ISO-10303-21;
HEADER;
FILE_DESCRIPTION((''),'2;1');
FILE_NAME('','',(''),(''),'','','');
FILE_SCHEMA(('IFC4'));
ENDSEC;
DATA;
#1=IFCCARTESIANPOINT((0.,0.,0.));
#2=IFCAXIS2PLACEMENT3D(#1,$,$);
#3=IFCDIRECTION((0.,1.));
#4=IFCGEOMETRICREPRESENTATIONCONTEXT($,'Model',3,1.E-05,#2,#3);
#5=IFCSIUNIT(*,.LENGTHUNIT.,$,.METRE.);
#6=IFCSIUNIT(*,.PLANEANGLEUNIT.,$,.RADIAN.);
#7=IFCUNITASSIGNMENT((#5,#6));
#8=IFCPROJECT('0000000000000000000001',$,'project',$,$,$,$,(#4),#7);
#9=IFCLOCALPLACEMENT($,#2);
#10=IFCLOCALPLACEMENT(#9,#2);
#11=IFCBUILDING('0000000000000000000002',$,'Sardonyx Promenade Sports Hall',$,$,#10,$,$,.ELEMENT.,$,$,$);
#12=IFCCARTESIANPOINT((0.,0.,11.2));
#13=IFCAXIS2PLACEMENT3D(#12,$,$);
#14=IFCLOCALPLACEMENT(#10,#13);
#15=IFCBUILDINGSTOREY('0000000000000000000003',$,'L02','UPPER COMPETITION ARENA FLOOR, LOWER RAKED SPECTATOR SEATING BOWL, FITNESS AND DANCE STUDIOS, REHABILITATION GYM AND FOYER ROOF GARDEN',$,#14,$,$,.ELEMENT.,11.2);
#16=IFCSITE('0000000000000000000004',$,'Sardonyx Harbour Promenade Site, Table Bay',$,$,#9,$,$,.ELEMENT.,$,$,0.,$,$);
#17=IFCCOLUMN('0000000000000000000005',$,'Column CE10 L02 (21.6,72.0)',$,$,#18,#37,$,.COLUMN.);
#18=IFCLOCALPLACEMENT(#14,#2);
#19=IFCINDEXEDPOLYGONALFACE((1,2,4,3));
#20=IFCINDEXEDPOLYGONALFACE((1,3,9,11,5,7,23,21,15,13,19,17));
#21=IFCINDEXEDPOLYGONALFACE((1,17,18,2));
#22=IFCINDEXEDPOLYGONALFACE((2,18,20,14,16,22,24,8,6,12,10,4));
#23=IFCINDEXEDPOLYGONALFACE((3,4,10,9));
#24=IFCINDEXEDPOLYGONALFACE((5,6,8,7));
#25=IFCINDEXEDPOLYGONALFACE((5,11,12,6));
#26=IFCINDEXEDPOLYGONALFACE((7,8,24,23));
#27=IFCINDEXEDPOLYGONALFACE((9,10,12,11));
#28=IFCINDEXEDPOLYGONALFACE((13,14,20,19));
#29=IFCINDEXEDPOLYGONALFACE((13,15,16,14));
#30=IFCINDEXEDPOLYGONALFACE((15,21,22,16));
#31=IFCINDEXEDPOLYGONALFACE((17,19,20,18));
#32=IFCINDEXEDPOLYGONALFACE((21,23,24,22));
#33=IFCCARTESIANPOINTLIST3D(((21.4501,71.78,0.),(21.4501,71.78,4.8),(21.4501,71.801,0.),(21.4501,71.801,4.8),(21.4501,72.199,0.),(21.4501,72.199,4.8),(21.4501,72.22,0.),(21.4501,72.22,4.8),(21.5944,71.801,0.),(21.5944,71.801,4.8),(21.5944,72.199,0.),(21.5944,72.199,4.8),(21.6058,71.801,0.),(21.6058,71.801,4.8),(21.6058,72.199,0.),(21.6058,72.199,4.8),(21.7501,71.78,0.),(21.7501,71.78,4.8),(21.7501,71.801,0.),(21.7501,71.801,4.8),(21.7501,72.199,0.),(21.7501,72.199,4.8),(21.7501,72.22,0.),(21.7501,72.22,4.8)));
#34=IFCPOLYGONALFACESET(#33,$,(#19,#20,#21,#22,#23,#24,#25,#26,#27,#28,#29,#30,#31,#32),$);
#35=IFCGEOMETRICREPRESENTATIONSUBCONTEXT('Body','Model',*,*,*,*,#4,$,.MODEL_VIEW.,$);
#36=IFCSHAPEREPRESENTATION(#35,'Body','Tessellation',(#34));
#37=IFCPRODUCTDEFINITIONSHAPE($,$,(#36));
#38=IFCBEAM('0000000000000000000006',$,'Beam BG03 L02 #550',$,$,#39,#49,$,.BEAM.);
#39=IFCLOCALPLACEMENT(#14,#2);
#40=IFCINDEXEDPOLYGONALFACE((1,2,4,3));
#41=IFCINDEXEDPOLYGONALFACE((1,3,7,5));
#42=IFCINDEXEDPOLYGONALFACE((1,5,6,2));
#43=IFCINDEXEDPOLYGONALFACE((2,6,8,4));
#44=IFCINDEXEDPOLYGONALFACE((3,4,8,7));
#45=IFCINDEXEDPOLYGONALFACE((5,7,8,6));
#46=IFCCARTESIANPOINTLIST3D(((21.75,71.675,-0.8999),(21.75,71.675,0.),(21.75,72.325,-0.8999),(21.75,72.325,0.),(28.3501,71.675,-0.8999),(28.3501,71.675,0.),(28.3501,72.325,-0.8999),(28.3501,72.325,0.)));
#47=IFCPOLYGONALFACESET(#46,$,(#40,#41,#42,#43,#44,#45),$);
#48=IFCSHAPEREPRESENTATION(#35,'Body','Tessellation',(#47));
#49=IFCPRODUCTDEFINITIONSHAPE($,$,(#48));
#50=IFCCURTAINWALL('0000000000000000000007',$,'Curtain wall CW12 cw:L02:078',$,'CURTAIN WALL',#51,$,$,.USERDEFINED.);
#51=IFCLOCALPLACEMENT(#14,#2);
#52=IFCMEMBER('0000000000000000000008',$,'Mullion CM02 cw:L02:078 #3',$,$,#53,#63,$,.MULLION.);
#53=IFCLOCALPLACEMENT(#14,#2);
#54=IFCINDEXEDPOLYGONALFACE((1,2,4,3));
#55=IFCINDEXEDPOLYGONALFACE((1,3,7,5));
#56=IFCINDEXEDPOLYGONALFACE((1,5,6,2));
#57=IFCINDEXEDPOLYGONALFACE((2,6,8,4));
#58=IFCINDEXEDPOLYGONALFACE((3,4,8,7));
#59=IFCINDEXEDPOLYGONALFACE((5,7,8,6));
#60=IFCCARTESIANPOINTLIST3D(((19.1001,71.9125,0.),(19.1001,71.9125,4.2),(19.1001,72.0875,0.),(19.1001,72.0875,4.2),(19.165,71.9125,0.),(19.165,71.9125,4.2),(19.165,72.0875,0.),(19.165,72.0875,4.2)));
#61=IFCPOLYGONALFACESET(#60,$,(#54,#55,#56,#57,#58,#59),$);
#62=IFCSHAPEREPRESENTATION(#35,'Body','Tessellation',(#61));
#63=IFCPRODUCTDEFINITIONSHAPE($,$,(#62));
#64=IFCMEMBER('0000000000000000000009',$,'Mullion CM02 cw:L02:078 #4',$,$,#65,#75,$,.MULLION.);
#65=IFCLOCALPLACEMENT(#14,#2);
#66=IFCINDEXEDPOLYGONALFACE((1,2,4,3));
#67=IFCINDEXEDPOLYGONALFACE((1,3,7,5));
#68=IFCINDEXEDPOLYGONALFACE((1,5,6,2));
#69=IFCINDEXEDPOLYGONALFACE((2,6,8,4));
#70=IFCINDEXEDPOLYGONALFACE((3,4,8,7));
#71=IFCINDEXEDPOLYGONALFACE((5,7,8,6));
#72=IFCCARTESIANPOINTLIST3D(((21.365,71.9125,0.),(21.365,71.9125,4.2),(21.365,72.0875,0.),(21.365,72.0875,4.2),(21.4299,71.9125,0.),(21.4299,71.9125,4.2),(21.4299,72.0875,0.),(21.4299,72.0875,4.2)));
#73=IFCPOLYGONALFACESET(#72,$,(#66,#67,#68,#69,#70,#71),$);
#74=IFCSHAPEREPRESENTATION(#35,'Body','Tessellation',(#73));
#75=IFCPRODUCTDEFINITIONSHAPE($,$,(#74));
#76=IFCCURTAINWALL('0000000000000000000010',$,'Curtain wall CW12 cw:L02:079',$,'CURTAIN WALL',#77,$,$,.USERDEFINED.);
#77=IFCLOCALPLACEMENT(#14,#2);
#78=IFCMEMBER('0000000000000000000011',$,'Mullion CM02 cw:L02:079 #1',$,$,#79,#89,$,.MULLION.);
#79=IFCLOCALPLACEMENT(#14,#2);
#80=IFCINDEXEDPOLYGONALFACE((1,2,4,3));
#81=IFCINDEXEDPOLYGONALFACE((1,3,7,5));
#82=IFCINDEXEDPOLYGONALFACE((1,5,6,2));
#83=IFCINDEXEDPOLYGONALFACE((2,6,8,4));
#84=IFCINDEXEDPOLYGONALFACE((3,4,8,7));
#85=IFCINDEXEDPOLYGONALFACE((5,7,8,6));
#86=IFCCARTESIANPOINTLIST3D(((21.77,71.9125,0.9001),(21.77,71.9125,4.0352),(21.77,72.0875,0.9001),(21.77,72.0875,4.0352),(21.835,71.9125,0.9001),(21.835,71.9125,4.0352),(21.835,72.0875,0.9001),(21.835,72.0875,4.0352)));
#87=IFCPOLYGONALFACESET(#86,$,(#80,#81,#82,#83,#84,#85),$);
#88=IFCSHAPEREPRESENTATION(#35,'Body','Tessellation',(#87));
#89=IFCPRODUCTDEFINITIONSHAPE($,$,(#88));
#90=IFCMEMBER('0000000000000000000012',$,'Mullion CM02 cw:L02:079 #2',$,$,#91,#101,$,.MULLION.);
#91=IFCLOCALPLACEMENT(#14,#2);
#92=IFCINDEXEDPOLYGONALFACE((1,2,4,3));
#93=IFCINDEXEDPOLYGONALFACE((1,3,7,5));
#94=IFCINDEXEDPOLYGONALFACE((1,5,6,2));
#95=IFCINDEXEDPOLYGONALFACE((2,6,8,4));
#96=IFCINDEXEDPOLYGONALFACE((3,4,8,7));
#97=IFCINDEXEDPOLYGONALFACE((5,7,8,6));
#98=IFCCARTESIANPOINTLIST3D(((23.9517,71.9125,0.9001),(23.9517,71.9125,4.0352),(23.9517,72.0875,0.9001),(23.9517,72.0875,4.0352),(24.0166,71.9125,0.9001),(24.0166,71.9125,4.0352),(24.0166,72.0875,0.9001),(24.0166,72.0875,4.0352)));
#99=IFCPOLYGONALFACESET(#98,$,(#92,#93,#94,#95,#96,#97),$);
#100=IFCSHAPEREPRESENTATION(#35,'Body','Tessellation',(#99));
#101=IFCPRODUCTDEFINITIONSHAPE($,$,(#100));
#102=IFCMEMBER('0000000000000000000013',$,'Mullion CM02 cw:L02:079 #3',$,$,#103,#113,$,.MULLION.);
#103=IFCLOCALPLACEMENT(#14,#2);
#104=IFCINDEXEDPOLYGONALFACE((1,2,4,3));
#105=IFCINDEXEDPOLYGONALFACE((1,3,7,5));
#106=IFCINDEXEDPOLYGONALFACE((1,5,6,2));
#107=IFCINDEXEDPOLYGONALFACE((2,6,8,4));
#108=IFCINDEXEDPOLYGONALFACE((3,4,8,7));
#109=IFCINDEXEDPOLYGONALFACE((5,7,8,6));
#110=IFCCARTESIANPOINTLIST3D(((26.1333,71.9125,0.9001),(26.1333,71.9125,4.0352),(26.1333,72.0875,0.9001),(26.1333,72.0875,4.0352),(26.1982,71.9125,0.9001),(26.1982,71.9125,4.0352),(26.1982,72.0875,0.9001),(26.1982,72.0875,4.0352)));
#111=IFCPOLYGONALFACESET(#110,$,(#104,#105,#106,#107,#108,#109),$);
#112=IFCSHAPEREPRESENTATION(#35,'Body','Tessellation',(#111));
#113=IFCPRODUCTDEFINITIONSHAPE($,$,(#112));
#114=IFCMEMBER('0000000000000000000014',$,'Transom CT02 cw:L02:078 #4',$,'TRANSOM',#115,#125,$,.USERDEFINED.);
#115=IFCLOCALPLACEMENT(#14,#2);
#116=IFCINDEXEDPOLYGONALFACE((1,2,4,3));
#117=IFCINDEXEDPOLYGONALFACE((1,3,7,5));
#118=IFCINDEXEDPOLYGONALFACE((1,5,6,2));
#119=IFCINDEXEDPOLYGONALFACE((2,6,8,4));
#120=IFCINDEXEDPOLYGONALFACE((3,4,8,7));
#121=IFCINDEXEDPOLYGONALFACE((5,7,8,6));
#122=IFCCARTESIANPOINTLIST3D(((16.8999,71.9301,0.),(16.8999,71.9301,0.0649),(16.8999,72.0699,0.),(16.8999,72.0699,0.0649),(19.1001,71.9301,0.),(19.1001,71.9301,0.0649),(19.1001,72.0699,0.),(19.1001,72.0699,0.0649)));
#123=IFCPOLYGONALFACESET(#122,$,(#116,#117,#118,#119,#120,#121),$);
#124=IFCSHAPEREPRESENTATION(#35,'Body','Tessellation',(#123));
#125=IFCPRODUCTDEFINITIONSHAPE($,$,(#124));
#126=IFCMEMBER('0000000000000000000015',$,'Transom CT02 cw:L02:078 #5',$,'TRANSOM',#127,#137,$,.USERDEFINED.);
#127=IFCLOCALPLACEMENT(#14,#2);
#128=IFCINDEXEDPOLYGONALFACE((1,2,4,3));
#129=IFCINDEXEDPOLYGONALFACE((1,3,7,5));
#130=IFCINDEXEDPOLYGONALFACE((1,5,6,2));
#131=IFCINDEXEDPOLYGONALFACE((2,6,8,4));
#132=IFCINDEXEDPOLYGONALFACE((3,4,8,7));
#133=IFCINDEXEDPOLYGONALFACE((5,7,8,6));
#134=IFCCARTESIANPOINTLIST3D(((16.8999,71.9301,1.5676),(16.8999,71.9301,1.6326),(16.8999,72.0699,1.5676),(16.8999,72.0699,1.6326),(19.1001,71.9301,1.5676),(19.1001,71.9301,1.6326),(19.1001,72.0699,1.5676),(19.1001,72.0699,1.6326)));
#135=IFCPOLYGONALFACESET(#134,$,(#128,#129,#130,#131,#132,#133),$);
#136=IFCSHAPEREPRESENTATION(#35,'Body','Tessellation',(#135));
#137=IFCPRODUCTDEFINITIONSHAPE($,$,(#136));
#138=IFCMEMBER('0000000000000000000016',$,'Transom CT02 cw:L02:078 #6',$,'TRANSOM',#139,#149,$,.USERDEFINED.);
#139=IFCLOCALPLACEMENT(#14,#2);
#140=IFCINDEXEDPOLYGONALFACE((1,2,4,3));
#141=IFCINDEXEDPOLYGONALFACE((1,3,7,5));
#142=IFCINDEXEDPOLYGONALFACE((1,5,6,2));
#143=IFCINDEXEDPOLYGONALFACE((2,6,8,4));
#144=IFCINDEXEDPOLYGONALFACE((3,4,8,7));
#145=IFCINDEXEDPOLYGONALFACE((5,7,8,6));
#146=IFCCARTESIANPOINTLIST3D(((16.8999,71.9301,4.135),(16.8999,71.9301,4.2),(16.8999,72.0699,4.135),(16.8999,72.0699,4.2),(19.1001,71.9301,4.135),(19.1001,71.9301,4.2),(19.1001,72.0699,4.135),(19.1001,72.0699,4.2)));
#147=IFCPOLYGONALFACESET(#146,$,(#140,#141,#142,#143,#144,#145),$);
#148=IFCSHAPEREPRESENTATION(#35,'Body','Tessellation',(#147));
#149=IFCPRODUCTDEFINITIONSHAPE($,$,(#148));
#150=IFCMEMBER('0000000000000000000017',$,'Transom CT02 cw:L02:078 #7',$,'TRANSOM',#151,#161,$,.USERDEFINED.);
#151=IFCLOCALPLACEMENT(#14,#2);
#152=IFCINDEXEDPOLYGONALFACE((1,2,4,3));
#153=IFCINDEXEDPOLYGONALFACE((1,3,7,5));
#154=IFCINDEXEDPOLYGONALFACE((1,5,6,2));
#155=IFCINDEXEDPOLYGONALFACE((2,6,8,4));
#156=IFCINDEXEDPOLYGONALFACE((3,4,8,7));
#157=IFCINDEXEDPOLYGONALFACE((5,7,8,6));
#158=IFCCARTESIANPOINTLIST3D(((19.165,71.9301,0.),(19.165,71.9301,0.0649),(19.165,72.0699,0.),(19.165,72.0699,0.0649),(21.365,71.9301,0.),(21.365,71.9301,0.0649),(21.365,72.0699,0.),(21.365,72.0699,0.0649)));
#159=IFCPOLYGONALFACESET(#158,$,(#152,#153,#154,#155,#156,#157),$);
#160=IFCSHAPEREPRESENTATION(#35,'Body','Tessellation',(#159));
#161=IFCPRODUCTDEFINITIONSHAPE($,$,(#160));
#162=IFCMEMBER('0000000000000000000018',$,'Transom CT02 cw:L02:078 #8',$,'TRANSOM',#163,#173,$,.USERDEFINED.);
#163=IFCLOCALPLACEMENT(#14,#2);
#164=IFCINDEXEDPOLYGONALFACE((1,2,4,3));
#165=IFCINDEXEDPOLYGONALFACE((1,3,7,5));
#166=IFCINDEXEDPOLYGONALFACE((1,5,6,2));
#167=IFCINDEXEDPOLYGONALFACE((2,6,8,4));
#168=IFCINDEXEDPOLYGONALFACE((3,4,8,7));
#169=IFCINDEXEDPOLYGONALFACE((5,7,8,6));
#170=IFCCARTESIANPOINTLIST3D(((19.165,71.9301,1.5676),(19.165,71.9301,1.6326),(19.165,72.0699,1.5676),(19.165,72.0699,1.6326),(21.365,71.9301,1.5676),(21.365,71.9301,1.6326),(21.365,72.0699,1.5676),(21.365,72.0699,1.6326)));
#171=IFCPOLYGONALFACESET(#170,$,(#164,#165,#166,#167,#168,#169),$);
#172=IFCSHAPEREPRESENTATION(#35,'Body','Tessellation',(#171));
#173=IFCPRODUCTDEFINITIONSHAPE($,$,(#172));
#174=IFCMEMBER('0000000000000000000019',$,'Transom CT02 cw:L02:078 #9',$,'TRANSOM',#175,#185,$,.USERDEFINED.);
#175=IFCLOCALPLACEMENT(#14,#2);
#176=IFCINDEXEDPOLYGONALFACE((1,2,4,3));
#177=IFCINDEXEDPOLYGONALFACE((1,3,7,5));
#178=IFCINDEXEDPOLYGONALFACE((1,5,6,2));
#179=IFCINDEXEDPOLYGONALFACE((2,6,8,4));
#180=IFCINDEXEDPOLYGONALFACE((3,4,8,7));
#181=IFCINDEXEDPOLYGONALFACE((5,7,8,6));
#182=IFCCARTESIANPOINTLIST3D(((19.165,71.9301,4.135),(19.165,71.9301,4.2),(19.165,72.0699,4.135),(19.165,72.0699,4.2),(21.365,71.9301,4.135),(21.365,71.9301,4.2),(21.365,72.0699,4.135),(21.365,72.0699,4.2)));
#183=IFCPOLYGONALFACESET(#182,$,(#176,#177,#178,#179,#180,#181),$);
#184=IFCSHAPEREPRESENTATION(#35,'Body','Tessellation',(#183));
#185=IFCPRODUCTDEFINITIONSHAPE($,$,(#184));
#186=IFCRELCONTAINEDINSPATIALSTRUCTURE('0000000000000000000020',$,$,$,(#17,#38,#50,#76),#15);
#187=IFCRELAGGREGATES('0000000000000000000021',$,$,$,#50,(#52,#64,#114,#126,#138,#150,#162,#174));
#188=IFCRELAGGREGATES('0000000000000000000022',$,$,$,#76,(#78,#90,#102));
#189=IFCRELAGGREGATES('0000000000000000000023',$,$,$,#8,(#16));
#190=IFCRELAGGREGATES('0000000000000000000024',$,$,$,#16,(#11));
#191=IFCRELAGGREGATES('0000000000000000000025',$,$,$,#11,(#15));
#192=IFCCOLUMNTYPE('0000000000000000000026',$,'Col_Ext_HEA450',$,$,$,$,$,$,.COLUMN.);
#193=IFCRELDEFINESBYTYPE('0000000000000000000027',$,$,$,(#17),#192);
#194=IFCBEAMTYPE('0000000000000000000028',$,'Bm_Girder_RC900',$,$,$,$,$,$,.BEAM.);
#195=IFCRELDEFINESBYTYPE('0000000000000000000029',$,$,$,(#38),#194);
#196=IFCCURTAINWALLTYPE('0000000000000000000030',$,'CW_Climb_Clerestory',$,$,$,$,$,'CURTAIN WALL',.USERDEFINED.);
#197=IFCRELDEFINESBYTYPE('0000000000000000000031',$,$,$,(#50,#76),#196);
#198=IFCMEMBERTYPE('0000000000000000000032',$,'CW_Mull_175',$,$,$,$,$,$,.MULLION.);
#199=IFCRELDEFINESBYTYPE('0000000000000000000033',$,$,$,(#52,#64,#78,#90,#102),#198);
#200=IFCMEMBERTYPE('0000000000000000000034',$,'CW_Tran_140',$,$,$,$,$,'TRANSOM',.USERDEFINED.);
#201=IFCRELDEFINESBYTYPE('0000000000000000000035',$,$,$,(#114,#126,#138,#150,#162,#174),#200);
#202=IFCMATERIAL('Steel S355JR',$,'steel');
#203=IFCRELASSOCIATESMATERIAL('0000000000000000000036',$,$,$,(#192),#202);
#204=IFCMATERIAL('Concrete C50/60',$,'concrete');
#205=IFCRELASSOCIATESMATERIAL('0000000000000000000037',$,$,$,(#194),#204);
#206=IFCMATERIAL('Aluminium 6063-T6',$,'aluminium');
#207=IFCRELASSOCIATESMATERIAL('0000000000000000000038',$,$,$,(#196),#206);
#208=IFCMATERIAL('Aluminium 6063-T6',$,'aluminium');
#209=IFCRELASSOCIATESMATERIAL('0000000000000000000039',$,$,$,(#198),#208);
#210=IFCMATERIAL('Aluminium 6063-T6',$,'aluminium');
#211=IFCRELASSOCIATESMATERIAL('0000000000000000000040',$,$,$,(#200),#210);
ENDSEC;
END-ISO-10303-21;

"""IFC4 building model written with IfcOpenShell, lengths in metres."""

from ifc_helpers import new_model, si_unit, direction, frame, origin, origin_2d, place, context, subcontext, project, spatial, rectangle, i_section, extrude, material, material_profile, profile_set, type_object, element, aggregate, save


model = new_model("IFC4")

# Units and contexts
model_context = context("Model", 3, precision=1e-05, world=origin(), true_north=direction((0.0, 1.0)))
body_context = subcontext(model_context, "Body", "Model", "MODEL_VIEW")
ifc_project = project(units=[si_unit("LENGTHUNIT", "METRE"), si_unit("PLANEANGLEUNIT", "RADIAN")], contexts=[model_context])

# Site, building, storey
site_placement = place(None, origin())
site = spatial("IfcSite", under=ifc_project, at=site_placement, Name="Sardonyx Harbour Promenade Site, Table Bay", CompositionType="ELEMENT", RefElevation=0.0)
building_placement = place(site_placement, origin())
building = spatial("IfcBuilding", under=site, at=building_placement, Name="Sardonyx Promenade Sports Hall", CompositionType="ELEMENT")
storey_placement = place(building_placement, frame((0.0, 0.0, 11.2)))
storey = spatial("IfcBuildingStorey", under=building, at=storey_placement, Name="L02", Description="UPPER COMPETITION ARENA FLOOR, LOWER RAKED SPECTATOR SEATING BOWL, FITNESS AND DANCE STUDIOS, REHABILITATION GYM AND FOYER ROOF GARDEN", CompositionType="ELEMENT", Elevation=11.2)

# Column
ifc_material_1 = material(Name="Steel S355JR", Category="steel")
ifc_material_profile_1 = material_profile(ifc_material_1, i_section(OverallWidth=0.3, OverallDepth=0.4399, WebThickness=0.0115, FlangeThickness=0.021, at=origin_2d()))
ifc_profile_set_1 = profile_set([ifc_material_profile_1], Name="Steel S355JR")
column_type = type_object("IfcColumnType", Name="Col_Ext_HEA450", PredefinedType="COLUMN", material=ifc_profile_set_1)
column_placement = place(storey_placement, frame((21.6001, 72.0, 0.0), z_axis=(0.0, 0.0, 1.0), x_axis=(1.0, 0.0, 0.0)))
element("IfcColumn", 1, at=column_placement, inside=storey, type_object=column_type, Name="Column CE10 L02 (21.6,72.0)", PredefinedType="COLUMN", context=body_context, shape_type="SweptSolid", body=[
    extrude(i_section(OverallWidth=0.3, OverallDepth=0.4399, WebThickness=0.0115, FlangeThickness=0.021, at=origin_2d()), origin(), (0.0, 0.0, 1.0), 4.8),
])

# Beam
ifc_material_2 = material(Name="Concrete C50/60", Category="concrete")
ifc_material_profile_2 = material_profile(ifc_material_2, rectangle(XDim=0.6499, YDim=0.8999, at=origin_2d()))
ifc_profile_set_2 = profile_set([ifc_material_profile_2], Name="Concrete C50/60")
beam_type = type_object("IfcBeamType", Name="Bm_Girder_RC900", PredefinedType="BEAM", material=ifc_profile_set_2)
beam_placement = place(storey_placement, frame((21.75, 72.0, -0.45), z_axis=(1.0, 0.0, 0.0), x_axis=(0.0, 1.0, 0.0)))
element("IfcBeam", 2, at=beam_placement, inside=storey, type_object=beam_type, Name="Beam BG03 L02 #550", PredefinedType="BEAM", context=body_context, shape_type="SweptSolid", body=[
    extrude(rectangle(XDim=0.6499, YDim=0.8999, at=origin_2d()), origin(), (0.0, 0.0, 1.0), 6.6001),
])

# Curtain walls, members
ifc_material_3 = material(Name="Aluminium 6063-T6", Category="aluminium")
curtain_wall_type = type_object("IfcCurtainWallType", Name="CW_Climb_Clerestory", ElementType="CURTAIN WALL", PredefinedType="USERDEFINED", material=ifc_material_3)
curtain_wall_1_placement = place(storey_placement, origin())
curtain_wall_1 = element("IfcCurtainWall", 3, at=curtain_wall_1_placement, inside=storey, type_object=curtain_wall_type, Name="Curtain wall CW12 cw:L02:078", ObjectType="CURTAIN WALL", PredefinedType="USERDEFINED")
ifc_material_4 = material(Name="Aluminium 6063-T6", Category="aluminium")
ifc_material_profile_3 = material_profile(ifc_material_4, rectangle(XDim=0.0649, YDim=0.175, at=origin_2d()))
ifc_profile_set_3 = profile_set([ifc_material_profile_3], Name="Aluminium 6063-T6")
member_type_1 = type_object("IfcMemberType", Name="CW_Mull_175", PredefinedType="MULLION", material=ifc_profile_set_3)
member_1_placement = place(storey_placement, frame((19.1326, 72.0, 0.0), z_axis=(0.0, 0.0, 1.0), x_axis=(1.0, 0.0, 0.0)))
member_1 = element("IfcMember", 4, at=member_1_placement, type_object=member_type_1, Name="Mullion CM02 cw:L02:078 #3", PredefinedType="MULLION", context=body_context, shape_type="SweptSolid", body=[
    extrude(rectangle(XDim=0.0649, YDim=0.175, at=origin_2d()), origin(), (0.0, 0.0, 1.0), 4.2),
])
member_2_placement = place(storey_placement, frame((21.3975, 72.0, 0.0), z_axis=(0.0, 0.0, 1.0), x_axis=(1.0, 0.0, 0.0)))
member_2 = element("IfcMember", 5, at=member_2_placement, type_object=member_type_1, Name="Mullion CM02 cw:L02:078 #4", PredefinedType="MULLION", context=body_context, shape_type="SweptSolid", body=[
    extrude(rectangle(XDim=0.0649, YDim=0.175, at=origin_2d()), origin(), (0.0, 0.0, 1.0), 4.2),
])
curtain_wall_2_placement = place(storey_placement, origin())
curtain_wall_2 = element("IfcCurtainWall", 6, at=curtain_wall_2_placement, inside=storey, type_object=curtain_wall_type, Name="Curtain wall CW12 cw:L02:079", ObjectType="CURTAIN WALL", PredefinedType="USERDEFINED")
member_3_placement = place(storey_placement, frame((21.8025, 72.0, 0.9001), z_axis=(0.0, 0.0, 1.0), x_axis=(1.0, 0.0, 0.0)))
member_3 = element("IfcMember", 7, at=member_3_placement, type_object=member_type_1, Name="Mullion CM02 cw:L02:079 #1", PredefinedType="MULLION", context=body_context, shape_type="SweptSolid", body=[
    extrude(rectangle(XDim=0.0649, YDim=0.175, at=origin_2d()), origin(), (0.0, 0.0, 1.0), 3.135),
])
member_4_placement = place(storey_placement, frame((23.9841, 72.0, 0.9001), z_axis=(0.0, 0.0, 1.0), x_axis=(1.0, 0.0, 0.0)))
member_4 = element("IfcMember", 8, at=member_4_placement, type_object=member_type_1, Name="Mullion CM02 cw:L02:079 #2", PredefinedType="MULLION", context=body_context, shape_type="SweptSolid", body=[
    extrude(rectangle(XDim=0.0649, YDim=0.175, at=origin_2d()), origin(), (0.0, 0.0, 1.0), 3.135),
])
member_5_placement = place(storey_placement, frame((26.1658, 72.0, 0.9001), z_axis=(0.0, 0.0, 1.0), x_axis=(1.0, 0.0, 0.0)))
member_5 = element("IfcMember", 9, at=member_5_placement, type_object=member_type_1, Name="Mullion CM02 cw:L02:079 #3", PredefinedType="MULLION", context=body_context, shape_type="SweptSolid", body=[
    extrude(rectangle(XDim=0.0649, YDim=0.175, at=origin_2d()), origin(), (0.0, 0.0, 1.0), 3.135),
])

# Members
ifc_material_5 = material(Name="Aluminium 6063-T6", Category="aluminium")
ifc_material_profile_4 = material_profile(ifc_material_5, rectangle(XDim=0.0649, YDim=0.1399, at=origin_2d()))
ifc_profile_set_4 = profile_set([ifc_material_profile_4], Name="Aluminium 6063-T6")
member_type_2 = type_object("IfcMemberType", Name="CW_Tran_140", ElementType="TRANSOM", PredefinedType="USERDEFINED", material=ifc_profile_set_4)
member_6_placement = place(storey_placement, frame((16.8999, 72.0, 0.0325), z_axis=(1.0, 0.0, 0.0), x_axis=(0.0, 0.0, 1.0)))
member_6 = element("IfcMember", 10, at=member_6_placement, type_object=member_type_2, Name="Transom CT02 cw:L02:078 #4", ObjectType="TRANSOM", PredefinedType="USERDEFINED", context=body_context, shape_type="SweptSolid", body=[
    extrude(rectangle(XDim=0.0649, YDim=0.1399, at=origin_2d()), origin(), (0.0, 0.0, 1.0), 2.2002),
])
member_7_placement = place(storey_placement, frame((16.8999, 72.0, 1.6001), z_axis=(1.0, 0.0, 0.0), x_axis=(0.0, 0.0, 1.0)))
member_7 = element("IfcMember", 11, at=member_7_placement, type_object=member_type_2, Name="Transom CT02 cw:L02:078 #5", ObjectType="TRANSOM", PredefinedType="USERDEFINED", context=body_context, shape_type="SweptSolid", body=[
    extrude(rectangle(XDim=0.0649, YDim=0.1399, at=origin_2d()), origin(), (0.0, 0.0, 1.0), 2.2002),
])
member_8_placement = place(storey_placement, frame((16.8999, 72.0, 4.1675), z_axis=(1.0, 0.0, 0.0), x_axis=(0.0, 0.0, 1.0)))
member_8 = element("IfcMember", 12, at=member_8_placement, type_object=member_type_2, Name="Transom CT02 cw:L02:078 #6", ObjectType="TRANSOM", PredefinedType="USERDEFINED", context=body_context, shape_type="SweptSolid", body=[
    extrude(rectangle(XDim=0.0649, YDim=0.1399, at=origin_2d()), origin(), (0.0, 0.0, 1.0), 2.2002),
])
member_9_placement = place(storey_placement, frame((19.165, 72.0, 0.0325), z_axis=(1.0, 0.0, 0.0), x_axis=(0.0, 0.0, 1.0)))
member_9 = element("IfcMember", 13, at=member_9_placement, type_object=member_type_2, Name="Transom CT02 cw:L02:078 #7", ObjectType="TRANSOM", PredefinedType="USERDEFINED", context=body_context, shape_type="SweptSolid", body=[
    extrude(rectangle(XDim=0.0649, YDim=0.1399, at=origin_2d()), origin(), (0.0, 0.0, 1.0), 2.2),
])
member_10_placement = place(storey_placement, frame((19.165, 72.0, 1.6001), z_axis=(1.0, 0.0, 0.0), x_axis=(0.0, 0.0, 1.0)))
member_10 = element("IfcMember", 14, at=member_10_placement, type_object=member_type_2, Name="Transom CT02 cw:L02:078 #8", ObjectType="TRANSOM", PredefinedType="USERDEFINED", context=body_context, shape_type="SweptSolid", body=[
    extrude(rectangle(XDim=0.0649, YDim=0.1399, at=origin_2d()), origin(), (0.0, 0.0, 1.0), 2.2),
])
member_11_placement = place(storey_placement, frame((19.165, 72.0, 4.1675), z_axis=(1.0, 0.0, 0.0), x_axis=(0.0, 0.0, 1.0)))
member_11 = element("IfcMember", 15, at=member_11_placement, type_object=member_type_2, Name="Transom CT02 cw:L02:078 #9", ObjectType="TRANSOM", PredefinedType="USERDEFINED", context=body_context, shape_type="SweptSolid", body=[
    extrude(rectangle(XDim=0.0649, YDim=0.1399, at=origin_2d()), origin(), (0.0, 0.0, 1.0), 2.2),
])

aggregate(curtain_wall_1, [member_1, member_2, member_6, member_7, member_8, member_9, member_10, member_11])
aggregate(curtain_wall_2, [member_3, member_4, member_5])

save(model, "model.ifc")
